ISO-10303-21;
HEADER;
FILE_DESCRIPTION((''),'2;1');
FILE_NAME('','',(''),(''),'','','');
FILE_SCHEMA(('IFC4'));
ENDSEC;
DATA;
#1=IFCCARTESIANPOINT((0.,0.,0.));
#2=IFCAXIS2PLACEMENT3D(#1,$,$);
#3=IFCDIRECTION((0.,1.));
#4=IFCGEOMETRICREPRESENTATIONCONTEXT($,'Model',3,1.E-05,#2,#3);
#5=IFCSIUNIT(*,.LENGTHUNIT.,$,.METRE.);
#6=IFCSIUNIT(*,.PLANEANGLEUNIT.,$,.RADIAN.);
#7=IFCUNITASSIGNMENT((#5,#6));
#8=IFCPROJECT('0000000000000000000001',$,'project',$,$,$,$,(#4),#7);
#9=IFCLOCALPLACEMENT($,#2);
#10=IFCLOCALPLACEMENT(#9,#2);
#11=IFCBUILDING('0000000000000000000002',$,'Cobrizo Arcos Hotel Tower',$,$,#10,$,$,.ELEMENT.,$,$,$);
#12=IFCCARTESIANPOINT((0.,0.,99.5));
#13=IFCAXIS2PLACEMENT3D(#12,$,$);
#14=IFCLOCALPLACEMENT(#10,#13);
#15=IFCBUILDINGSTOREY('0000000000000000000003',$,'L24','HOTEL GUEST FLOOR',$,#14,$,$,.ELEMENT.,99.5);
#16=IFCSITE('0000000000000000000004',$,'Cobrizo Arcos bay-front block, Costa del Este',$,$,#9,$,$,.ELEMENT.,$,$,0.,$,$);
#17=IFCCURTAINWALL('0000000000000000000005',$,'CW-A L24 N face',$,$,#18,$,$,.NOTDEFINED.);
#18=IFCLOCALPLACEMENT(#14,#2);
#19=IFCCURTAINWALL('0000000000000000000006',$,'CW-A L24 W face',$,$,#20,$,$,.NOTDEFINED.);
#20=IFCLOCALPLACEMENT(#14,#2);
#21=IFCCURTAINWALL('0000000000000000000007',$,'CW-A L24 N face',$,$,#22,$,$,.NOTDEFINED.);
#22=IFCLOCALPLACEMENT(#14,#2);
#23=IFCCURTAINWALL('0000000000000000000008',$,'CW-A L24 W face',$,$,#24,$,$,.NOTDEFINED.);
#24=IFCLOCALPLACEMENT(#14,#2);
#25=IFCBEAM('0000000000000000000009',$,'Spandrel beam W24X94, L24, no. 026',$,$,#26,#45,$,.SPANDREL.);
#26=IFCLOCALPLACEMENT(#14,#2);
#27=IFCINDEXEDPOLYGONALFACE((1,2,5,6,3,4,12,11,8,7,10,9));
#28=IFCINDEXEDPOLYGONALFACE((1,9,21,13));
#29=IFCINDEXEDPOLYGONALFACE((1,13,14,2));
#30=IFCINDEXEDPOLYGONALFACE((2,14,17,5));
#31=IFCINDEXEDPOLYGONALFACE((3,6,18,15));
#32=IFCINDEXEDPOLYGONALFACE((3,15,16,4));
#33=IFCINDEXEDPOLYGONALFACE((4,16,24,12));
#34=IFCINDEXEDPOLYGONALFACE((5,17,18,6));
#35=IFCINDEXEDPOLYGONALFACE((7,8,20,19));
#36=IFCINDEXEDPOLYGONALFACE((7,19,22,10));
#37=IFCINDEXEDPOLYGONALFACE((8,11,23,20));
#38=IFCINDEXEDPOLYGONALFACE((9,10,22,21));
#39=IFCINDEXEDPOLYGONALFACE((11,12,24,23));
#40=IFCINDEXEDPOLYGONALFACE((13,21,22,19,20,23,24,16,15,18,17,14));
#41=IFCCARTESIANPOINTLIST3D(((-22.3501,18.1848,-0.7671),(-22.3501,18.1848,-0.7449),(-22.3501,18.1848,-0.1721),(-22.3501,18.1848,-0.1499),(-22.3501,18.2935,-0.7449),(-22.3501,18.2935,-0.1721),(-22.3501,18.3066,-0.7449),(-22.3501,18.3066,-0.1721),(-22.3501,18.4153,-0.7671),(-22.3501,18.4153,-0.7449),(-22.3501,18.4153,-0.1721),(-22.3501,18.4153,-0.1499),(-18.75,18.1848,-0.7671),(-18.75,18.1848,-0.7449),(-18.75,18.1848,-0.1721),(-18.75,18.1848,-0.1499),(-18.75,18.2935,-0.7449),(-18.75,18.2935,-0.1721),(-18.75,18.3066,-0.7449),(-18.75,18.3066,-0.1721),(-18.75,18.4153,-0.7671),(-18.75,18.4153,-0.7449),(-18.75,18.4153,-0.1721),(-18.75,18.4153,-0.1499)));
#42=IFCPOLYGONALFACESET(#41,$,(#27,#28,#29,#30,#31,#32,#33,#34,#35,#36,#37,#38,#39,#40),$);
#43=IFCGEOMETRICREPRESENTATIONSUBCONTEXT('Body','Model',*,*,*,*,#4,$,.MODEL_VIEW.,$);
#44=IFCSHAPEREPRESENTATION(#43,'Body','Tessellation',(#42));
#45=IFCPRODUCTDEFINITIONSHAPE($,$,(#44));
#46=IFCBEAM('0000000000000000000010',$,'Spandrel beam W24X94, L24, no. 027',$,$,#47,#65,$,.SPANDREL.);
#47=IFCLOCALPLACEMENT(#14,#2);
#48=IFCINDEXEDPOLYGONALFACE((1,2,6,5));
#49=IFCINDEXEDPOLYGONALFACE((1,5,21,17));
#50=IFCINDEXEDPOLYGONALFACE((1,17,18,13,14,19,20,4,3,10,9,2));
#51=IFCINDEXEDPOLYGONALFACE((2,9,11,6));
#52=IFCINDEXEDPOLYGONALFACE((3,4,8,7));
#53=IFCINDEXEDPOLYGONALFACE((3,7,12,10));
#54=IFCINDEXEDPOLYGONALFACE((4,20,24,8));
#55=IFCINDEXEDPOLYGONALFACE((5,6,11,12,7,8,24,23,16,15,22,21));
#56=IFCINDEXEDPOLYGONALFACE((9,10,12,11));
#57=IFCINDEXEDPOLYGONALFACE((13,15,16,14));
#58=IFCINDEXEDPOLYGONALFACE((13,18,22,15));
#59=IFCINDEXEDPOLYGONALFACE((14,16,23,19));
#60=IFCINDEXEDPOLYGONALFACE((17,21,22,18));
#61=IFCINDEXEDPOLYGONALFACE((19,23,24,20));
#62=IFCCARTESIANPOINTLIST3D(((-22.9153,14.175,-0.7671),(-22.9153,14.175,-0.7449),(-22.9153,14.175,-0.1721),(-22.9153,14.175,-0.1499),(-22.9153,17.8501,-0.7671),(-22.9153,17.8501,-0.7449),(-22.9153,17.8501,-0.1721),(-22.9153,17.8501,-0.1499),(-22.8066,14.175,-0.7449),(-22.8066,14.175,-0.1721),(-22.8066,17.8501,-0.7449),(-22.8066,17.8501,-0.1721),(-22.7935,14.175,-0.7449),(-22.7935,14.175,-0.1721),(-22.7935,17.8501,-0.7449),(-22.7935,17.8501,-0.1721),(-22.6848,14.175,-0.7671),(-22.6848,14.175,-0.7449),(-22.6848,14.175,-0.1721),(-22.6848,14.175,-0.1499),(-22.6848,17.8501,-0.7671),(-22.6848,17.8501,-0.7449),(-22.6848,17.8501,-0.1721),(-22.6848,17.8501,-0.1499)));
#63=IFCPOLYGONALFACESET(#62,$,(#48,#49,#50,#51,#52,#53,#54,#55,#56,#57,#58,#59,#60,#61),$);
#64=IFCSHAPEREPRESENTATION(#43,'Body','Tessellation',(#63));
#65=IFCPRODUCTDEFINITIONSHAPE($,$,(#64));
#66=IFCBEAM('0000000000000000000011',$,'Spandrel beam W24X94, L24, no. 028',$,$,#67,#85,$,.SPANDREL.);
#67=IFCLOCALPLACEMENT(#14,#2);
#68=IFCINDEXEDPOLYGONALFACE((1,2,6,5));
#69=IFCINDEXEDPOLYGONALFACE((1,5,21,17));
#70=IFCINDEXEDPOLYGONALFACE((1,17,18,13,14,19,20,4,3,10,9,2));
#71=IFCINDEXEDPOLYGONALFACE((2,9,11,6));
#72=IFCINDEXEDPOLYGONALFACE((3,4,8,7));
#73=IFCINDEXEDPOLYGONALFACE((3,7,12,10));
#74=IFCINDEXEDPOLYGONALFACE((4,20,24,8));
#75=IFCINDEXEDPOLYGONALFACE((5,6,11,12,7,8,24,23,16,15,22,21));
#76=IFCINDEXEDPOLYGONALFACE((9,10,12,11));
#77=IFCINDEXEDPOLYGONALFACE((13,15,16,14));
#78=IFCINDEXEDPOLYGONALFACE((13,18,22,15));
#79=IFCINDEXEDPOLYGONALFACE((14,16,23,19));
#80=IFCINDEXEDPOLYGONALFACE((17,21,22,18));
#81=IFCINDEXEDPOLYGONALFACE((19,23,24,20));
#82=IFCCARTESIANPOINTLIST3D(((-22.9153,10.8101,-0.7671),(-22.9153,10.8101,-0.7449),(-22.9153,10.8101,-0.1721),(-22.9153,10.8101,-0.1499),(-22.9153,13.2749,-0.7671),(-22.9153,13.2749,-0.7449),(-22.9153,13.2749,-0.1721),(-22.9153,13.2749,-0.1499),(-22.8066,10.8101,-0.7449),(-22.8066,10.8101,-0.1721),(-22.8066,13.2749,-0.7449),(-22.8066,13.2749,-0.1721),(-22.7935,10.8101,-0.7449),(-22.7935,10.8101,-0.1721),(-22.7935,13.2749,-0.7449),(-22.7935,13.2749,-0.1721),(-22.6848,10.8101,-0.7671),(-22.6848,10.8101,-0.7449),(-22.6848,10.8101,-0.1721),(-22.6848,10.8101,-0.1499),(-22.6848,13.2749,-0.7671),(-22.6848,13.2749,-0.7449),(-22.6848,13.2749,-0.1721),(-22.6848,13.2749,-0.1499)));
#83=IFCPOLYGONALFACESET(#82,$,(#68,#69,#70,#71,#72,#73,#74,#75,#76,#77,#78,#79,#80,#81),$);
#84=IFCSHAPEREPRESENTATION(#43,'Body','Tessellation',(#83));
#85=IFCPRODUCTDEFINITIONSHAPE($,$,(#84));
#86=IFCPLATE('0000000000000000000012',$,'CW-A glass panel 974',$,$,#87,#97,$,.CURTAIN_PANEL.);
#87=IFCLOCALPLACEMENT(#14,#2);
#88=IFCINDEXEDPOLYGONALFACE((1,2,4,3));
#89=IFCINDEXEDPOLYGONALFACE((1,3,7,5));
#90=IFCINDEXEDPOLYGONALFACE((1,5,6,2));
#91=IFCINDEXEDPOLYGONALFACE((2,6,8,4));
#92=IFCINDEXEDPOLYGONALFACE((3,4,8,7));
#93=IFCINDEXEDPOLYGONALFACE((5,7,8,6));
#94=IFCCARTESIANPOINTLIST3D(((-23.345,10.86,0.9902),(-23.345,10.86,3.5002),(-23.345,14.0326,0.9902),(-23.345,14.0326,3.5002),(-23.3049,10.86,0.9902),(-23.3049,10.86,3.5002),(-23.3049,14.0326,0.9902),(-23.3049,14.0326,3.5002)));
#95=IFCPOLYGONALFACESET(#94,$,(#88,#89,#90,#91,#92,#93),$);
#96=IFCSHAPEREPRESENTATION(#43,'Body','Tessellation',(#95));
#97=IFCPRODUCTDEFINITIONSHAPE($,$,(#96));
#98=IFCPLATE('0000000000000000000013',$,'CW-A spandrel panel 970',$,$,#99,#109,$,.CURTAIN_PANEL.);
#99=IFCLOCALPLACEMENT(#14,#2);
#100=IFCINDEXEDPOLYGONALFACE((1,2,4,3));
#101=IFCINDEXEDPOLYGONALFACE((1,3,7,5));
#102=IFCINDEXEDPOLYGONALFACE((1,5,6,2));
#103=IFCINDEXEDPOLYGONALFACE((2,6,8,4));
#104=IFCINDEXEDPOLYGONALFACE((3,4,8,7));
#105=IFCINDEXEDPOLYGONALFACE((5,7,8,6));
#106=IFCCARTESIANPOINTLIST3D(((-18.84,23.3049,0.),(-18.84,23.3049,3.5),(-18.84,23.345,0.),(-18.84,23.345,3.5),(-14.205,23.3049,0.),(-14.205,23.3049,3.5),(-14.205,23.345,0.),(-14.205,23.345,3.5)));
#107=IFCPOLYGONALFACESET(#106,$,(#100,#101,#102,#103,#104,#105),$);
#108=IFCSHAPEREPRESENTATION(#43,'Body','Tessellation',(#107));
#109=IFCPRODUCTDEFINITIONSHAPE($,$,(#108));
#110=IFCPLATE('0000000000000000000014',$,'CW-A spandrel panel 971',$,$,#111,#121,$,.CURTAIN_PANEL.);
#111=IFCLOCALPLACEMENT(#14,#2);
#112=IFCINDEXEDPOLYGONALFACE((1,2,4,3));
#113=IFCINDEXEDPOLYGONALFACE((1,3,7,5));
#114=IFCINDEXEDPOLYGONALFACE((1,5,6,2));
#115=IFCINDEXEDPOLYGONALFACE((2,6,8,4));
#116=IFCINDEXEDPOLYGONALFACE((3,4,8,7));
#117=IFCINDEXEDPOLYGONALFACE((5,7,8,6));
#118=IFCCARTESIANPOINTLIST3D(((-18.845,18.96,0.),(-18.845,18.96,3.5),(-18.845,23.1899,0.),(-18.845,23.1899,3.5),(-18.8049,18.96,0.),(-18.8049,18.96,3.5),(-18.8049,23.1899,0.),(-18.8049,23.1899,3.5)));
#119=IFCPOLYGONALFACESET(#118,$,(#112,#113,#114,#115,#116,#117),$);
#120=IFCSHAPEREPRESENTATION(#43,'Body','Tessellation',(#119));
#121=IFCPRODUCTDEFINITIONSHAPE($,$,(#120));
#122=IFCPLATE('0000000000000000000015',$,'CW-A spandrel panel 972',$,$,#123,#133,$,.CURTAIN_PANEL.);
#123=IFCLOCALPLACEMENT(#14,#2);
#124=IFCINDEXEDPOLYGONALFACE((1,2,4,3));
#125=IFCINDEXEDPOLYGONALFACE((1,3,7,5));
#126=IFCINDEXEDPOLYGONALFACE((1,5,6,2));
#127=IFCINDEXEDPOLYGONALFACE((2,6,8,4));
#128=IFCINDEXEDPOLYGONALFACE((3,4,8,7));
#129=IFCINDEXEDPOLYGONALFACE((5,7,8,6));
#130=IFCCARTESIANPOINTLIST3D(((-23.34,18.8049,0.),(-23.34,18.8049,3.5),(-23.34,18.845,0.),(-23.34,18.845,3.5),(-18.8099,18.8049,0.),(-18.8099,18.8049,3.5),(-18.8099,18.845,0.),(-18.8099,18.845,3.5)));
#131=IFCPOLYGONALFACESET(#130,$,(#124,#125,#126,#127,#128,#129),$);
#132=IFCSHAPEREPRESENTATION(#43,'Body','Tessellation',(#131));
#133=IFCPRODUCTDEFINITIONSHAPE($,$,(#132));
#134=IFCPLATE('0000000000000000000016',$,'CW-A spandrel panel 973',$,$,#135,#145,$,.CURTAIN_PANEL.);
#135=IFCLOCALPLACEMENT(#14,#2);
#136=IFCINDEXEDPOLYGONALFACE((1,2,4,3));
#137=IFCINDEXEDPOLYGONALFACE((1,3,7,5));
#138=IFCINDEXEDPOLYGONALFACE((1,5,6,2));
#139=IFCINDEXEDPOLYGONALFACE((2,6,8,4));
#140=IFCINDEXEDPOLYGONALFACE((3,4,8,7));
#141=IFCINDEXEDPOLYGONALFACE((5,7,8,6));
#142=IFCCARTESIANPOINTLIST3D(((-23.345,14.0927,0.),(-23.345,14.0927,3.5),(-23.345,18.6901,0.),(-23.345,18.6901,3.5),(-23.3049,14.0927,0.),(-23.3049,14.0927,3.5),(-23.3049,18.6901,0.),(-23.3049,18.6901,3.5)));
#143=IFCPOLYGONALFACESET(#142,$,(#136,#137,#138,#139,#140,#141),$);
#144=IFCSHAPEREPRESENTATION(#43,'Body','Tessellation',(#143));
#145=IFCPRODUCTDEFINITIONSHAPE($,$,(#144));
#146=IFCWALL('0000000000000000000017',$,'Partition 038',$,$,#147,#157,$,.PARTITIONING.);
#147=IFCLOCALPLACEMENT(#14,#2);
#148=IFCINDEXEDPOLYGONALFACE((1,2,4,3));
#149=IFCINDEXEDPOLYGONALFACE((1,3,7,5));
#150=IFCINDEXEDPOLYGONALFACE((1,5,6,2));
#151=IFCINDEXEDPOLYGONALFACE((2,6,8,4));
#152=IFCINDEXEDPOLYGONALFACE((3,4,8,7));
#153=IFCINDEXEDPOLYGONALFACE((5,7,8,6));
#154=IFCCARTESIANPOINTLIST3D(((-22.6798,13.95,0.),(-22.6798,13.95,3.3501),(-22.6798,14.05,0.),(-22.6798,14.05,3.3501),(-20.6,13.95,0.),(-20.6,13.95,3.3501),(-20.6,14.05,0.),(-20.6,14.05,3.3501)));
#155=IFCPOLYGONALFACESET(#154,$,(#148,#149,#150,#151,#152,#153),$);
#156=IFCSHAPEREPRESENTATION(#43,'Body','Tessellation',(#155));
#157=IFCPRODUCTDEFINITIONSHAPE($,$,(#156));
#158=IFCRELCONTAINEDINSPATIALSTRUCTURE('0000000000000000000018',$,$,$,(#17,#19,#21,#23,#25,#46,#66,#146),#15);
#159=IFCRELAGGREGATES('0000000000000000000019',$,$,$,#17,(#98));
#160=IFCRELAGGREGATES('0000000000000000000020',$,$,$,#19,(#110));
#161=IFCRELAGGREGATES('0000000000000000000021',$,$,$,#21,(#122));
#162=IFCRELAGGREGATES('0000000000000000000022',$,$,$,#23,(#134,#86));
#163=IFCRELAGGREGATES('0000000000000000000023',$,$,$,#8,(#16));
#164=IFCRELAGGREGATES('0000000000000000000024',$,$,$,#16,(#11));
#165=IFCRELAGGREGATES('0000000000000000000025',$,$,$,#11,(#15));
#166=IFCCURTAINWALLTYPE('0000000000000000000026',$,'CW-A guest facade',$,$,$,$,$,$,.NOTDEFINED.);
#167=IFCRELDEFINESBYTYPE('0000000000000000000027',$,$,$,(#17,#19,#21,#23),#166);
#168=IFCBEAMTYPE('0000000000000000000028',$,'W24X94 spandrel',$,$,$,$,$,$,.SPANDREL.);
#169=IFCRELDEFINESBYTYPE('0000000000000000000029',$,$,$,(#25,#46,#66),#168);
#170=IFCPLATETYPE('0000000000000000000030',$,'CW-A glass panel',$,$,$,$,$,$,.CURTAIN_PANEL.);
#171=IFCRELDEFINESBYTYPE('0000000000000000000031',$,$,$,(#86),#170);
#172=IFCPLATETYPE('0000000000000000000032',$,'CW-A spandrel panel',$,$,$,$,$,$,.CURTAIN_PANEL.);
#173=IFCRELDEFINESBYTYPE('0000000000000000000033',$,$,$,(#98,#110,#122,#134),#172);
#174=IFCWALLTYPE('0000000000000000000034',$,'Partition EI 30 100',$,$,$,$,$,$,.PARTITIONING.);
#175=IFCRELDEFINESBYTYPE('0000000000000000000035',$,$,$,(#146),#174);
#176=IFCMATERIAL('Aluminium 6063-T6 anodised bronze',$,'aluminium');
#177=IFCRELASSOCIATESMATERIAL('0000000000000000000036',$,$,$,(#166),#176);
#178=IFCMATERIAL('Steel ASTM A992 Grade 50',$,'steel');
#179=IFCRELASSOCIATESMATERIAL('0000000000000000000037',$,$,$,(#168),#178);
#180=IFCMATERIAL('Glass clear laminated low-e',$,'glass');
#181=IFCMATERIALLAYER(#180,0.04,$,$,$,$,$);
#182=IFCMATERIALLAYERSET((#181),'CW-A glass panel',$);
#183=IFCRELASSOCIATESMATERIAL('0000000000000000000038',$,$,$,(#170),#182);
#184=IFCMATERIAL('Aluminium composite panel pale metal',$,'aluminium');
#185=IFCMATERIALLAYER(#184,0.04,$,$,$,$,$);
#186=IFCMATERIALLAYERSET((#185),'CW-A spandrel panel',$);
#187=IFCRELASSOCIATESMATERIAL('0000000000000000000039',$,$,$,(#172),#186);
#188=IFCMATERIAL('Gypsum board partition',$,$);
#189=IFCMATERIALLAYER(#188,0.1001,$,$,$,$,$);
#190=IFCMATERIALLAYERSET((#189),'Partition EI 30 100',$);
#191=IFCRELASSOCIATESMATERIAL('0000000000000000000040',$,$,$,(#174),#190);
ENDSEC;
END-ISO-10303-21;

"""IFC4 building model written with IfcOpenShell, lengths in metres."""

from ifc_helpers import new_model, si_unit, direction, frame, frame_2d, origin, origin_2d, place, context, subcontext, project, spatial, rectangle, i_section, extrude, material, layer, layer_set, material_profile, profile_set, type_object, element, aggregate, save


model = new_model("IFC4")

# Units and contexts
model_context = context("Model", 3, precision=1e-05, world=origin(), true_north=direction((0.0, 1.0)))
body_context = subcontext(model_context, "Body", "Model", "MODEL_VIEW")
ifc_project = project(units=[si_unit("LENGTHUNIT", "METRE"), si_unit("PLANEANGLEUNIT", "RADIAN")], contexts=[model_context])

# Site, building, storey
site_placement = place(None, origin())
site = spatial("IfcSite", under=ifc_project, at=site_placement, Name="Cobrizo Arcos bay-front block, Costa del Este", CompositionType="ELEMENT", RefElevation=0.0)
building_placement = place(site_placement, origin())
building = spatial("IfcBuilding", under=site, at=building_placement, Name="Cobrizo Arcos Hotel Tower", CompositionType="ELEMENT")
storey_placement = place(building_placement, frame((0.0, 0.0, 99.5)))
storey = spatial("IfcBuildingStorey", under=building, at=storey_placement, Name="L24", Description="HOTEL GUEST FLOOR", CompositionType="ELEMENT", Elevation=99.5)

# Curtain wall
ifc_material_1 = material(Name="Aluminium 6063-T6 anodised bronze", Category="aluminium")
curtain_wall_type = type_object("IfcCurtainWallType", Name="CW-A guest facade", PredefinedType="NOTDEFINED", material=ifc_material_1)
curtain_wall_1_placement = place(storey_placement, origin())
curtain_wall_1 = element("IfcCurtainWall", 1, at=curtain_wall_1_placement, inside=storey, type_object=curtain_wall_type, Name="CW-A L24 N face", PredefinedType="NOTDEFINED")

# Curtain walls
curtain_wall_2_placement = place(storey_placement, origin())
curtain_wall_2 = element("IfcCurtainWall", 2, at=curtain_wall_2_placement, inside=storey, type_object=curtain_wall_type, Name="CW-A L24 W face", PredefinedType="NOTDEFINED")
curtain_wall_3_placement = place(storey_placement, origin())
curtain_wall_3 = element("IfcCurtainWall", 3, at=curtain_wall_3_placement, inside=storey, type_object=curtain_wall_type, Name="CW-A L24 N face", PredefinedType="NOTDEFINED")
curtain_wall_4_placement = place(storey_placement, origin())
curtain_wall_4 = element("IfcCurtainWall", 4, at=curtain_wall_4_placement, inside=storey, type_object=curtain_wall_type, Name="CW-A L24 W face", PredefinedType="NOTDEFINED")

# Beams
ifc_material_2 = material(Name="Steel ASTM A992 Grade 50", Category="steel")
ifc_material_profile_1 = material_profile(ifc_material_2, i_section(OverallWidth=0.2305, OverallDepth=0.6172, WebThickness=0.0132, FlangeThickness=0.0222, at=origin_2d()), Name="W24X94")
ifc_profile_set_1 = profile_set([ifc_material_profile_1], Name="Steel ASTM A992 Grade 50")
beam_type = type_object("IfcBeamType", Name="W24X94 spandrel", PredefinedType="SPANDREL", material=ifc_profile_set_1)
for number, where, z_axis, x_axis, name in (
    (5, (-18.75, 18.3, -0.4585), (-1.0, 0.0, 0.0), (0.0, -1.0, 0.0), "Spandrel beam W24X94, L24, no. 026"),
):
    element("IfcBeam", number, at=place(storey_placement, frame(where, z_axis=z_axis, x_axis=x_axis)), inside=storey, type_object=beam_type, Name=name, PredefinedType="SPANDREL", context=body_context, shape_type="SweptSolid", body=[
        extrude(i_section(OverallWidth=0.2305, OverallDepth=0.6172, WebThickness=0.0132, FlangeThickness=0.0222, at=origin_2d()), origin(), (0.0, 0.0, 1.0), 3.6001),
    ])
beam_1_placement = place(storey_placement, frame((-22.8, 17.8501, -0.4585), z_axis=(0.0, -1.0, 0.0), x_axis=(1.0, 0.0, 0.0)))
element("IfcBeam", 6, at=beam_1_placement, inside=storey, type_object=beam_type, Name="Spandrel beam W24X94, L24, no. 027", PredefinedType="SPANDREL", context=body_context, shape_type="SweptSolid", body=[
    extrude(i_section(OverallWidth=0.2305, OverallDepth=0.6172, WebThickness=0.0132, FlangeThickness=0.0222, at=origin_2d()), origin(), (0.0, 0.0, 1.0), 3.675),
])
beam_2_placement = place(storey_placement, frame((-22.8, 13.2749, -0.4585), z_axis=(0.0, -1.0, 0.0), x_axis=(1.0, 0.0, 0.0)))
element("IfcBeam", 7, at=beam_2_placement, inside=storey, type_object=beam_type, Name="Spandrel beam W24X94, L24, no. 028", PredefinedType="SPANDREL", context=body_context, shape_type="SweptSolid", body=[
    extrude(i_section(OverallWidth=0.2305, OverallDepth=0.6172, WebThickness=0.0132, FlangeThickness=0.0222, at=origin_2d()), origin(), (0.0, 0.0, 1.0), 2.4648),
])

# Plates
ifc_material_3 = material(Name="Glass clear laminated low-e", Category="glass")
ifc_layer_1 = layer(ifc_material_3, 0.04)
ifc_layer_set_1 = layer_set([ifc_layer_1], Name="CW-A glass panel")
plate_type_1 = type_object("IfcPlateType", Name="CW-A glass panel", PredefinedType="CURTAIN_PANEL", material=ifc_layer_set_1)
plate_1_placement = place(storey_placement, frame((-23.325, 12.4463, 0.9902), z_axis=(0.0, 0.0, 1.0), x_axis=(0.0, -1.0, 0.0)))
plate_1 = element("IfcPlate", 8, at=plate_1_placement, type_object=plate_type_1, Name="CW-A glass panel 974", PredefinedType="CURTAIN_PANEL", context=body_context, shape_type="SweptSolid", body=[
    extrude(rectangle(XDim=3.1726, YDim=0.04, at=origin_2d()), origin(), (0.0, 0.0, 1.0), 2.51),
])
ifc_material_4 = material(Name="Aluminium composite panel pale metal", Category="aluminium")
ifc_layer_2 = layer(ifc_material_4, 0.04)
ifc_layer_set_2 = layer_set([ifc_layer_2], Name="CW-A spandrel panel")
plate_type_2 = type_object("IfcPlateType", Name="CW-A spandrel panel", PredefinedType="CURTAIN_PANEL", material=ifc_layer_set_2)
plate_2_placement = place(storey_placement, frame((-16.5225, 23.325, 0.0), z_axis=(0.0, 0.0, 1.0), x_axis=(-1.0, 0.0, 0.0)))
plate_2 = element("IfcPlate", 9, at=plate_2_placement, type_object=plate_type_2, Name="CW-A spandrel panel 970", PredefinedType="CURTAIN_PANEL", context=body_context, shape_type="SweptSolid", body=[
    extrude(rectangle(XDim=4.635, YDim=0.04, at=origin_2d()), origin(), (0.0, 0.0, 1.0), 3.5),
])
aggregate(curtain_wall_1, [plate_2])
plate_3_placement = place(storey_placement, frame((-18.825, 21.075, 0.0), z_axis=(0.0, 0.0, 1.0), x_axis=(0.0, -1.0, 0.0)))
plate_3 = element("IfcPlate", 10, at=plate_3_placement, type_object=plate_type_2, Name="CW-A spandrel panel 971", PredefinedType="CURTAIN_PANEL", context=body_context, shape_type="SweptSolid", body=[
    extrude(rectangle(XDim=4.23, YDim=0.04, at=origin_2d()), origin(), (0.0, 0.0, 1.0), 3.5),
])
aggregate(curtain_wall_2, [plate_3])
plate_4_placement = place(storey_placement, frame((-21.075, 18.825, 0.0), z_axis=(0.0, 0.0, 1.0), x_axis=(-1.0, 0.0, 0.0)))
plate_4 = element("IfcPlate", 11, at=plate_4_placement, type_object=plate_type_2, Name="CW-A spandrel panel 972", PredefinedType="CURTAIN_PANEL", context=body_context, shape_type="SweptSolid", body=[
    extrude(rectangle(XDim=4.53, YDim=0.04, at=origin_2d()), origin(), (0.0, 0.0, 1.0), 3.5),
])
aggregate(curtain_wall_3, [plate_4])
plate_5_placement = place(storey_placement, frame((-23.325, 16.3914, 0.0), z_axis=(0.0, 0.0, 1.0), x_axis=(0.0, -1.0, 0.0)))
plate_5 = element("IfcPlate", 12, at=plate_5_placement, type_object=plate_type_2, Name="CW-A spandrel panel 973", PredefinedType="CURTAIN_PANEL", context=body_context, shape_type="SweptSolid", body=[
    extrude(rectangle(XDim=4.5974, YDim=0.04, at=origin_2d()), origin(), (0.0, 0.0, 1.0), 3.5),
])
aggregate(curtain_wall_4, [plate_5, plate_1])

# Wall
ifc_material_5 = material(Name="Gypsum board partition")
ifc_layer_3 = layer(ifc_material_5, 0.1001)
ifc_layer_set_3 = layer_set([ifc_layer_3], Name="Partition EI 30 100")
wall_type = type_object("IfcWallType", Name="Partition EI 30 100", PredefinedType="PARTITIONING", material=ifc_layer_set_3)
wall_placement = place(storey_placement, frame((-22.6799, 14.0, 0.0), z_axis=(0.0, 0.0, 1.0), x_axis=(1.0, 0.0, 0.0)))
element("IfcWall", 13, at=wall_placement, inside=storey, type_object=wall_type, Name="Partition 038", PredefinedType="PARTITIONING", context=body_context, shape_type="SweptSolid", body=[
    extrude(rectangle(XDim=2.0798, YDim=0.1001, at=frame_2d((1.04, 0.0))), origin(), (0.0, 0.0, 1.0), 3.3501),
])

save(model, "model.ifc")
